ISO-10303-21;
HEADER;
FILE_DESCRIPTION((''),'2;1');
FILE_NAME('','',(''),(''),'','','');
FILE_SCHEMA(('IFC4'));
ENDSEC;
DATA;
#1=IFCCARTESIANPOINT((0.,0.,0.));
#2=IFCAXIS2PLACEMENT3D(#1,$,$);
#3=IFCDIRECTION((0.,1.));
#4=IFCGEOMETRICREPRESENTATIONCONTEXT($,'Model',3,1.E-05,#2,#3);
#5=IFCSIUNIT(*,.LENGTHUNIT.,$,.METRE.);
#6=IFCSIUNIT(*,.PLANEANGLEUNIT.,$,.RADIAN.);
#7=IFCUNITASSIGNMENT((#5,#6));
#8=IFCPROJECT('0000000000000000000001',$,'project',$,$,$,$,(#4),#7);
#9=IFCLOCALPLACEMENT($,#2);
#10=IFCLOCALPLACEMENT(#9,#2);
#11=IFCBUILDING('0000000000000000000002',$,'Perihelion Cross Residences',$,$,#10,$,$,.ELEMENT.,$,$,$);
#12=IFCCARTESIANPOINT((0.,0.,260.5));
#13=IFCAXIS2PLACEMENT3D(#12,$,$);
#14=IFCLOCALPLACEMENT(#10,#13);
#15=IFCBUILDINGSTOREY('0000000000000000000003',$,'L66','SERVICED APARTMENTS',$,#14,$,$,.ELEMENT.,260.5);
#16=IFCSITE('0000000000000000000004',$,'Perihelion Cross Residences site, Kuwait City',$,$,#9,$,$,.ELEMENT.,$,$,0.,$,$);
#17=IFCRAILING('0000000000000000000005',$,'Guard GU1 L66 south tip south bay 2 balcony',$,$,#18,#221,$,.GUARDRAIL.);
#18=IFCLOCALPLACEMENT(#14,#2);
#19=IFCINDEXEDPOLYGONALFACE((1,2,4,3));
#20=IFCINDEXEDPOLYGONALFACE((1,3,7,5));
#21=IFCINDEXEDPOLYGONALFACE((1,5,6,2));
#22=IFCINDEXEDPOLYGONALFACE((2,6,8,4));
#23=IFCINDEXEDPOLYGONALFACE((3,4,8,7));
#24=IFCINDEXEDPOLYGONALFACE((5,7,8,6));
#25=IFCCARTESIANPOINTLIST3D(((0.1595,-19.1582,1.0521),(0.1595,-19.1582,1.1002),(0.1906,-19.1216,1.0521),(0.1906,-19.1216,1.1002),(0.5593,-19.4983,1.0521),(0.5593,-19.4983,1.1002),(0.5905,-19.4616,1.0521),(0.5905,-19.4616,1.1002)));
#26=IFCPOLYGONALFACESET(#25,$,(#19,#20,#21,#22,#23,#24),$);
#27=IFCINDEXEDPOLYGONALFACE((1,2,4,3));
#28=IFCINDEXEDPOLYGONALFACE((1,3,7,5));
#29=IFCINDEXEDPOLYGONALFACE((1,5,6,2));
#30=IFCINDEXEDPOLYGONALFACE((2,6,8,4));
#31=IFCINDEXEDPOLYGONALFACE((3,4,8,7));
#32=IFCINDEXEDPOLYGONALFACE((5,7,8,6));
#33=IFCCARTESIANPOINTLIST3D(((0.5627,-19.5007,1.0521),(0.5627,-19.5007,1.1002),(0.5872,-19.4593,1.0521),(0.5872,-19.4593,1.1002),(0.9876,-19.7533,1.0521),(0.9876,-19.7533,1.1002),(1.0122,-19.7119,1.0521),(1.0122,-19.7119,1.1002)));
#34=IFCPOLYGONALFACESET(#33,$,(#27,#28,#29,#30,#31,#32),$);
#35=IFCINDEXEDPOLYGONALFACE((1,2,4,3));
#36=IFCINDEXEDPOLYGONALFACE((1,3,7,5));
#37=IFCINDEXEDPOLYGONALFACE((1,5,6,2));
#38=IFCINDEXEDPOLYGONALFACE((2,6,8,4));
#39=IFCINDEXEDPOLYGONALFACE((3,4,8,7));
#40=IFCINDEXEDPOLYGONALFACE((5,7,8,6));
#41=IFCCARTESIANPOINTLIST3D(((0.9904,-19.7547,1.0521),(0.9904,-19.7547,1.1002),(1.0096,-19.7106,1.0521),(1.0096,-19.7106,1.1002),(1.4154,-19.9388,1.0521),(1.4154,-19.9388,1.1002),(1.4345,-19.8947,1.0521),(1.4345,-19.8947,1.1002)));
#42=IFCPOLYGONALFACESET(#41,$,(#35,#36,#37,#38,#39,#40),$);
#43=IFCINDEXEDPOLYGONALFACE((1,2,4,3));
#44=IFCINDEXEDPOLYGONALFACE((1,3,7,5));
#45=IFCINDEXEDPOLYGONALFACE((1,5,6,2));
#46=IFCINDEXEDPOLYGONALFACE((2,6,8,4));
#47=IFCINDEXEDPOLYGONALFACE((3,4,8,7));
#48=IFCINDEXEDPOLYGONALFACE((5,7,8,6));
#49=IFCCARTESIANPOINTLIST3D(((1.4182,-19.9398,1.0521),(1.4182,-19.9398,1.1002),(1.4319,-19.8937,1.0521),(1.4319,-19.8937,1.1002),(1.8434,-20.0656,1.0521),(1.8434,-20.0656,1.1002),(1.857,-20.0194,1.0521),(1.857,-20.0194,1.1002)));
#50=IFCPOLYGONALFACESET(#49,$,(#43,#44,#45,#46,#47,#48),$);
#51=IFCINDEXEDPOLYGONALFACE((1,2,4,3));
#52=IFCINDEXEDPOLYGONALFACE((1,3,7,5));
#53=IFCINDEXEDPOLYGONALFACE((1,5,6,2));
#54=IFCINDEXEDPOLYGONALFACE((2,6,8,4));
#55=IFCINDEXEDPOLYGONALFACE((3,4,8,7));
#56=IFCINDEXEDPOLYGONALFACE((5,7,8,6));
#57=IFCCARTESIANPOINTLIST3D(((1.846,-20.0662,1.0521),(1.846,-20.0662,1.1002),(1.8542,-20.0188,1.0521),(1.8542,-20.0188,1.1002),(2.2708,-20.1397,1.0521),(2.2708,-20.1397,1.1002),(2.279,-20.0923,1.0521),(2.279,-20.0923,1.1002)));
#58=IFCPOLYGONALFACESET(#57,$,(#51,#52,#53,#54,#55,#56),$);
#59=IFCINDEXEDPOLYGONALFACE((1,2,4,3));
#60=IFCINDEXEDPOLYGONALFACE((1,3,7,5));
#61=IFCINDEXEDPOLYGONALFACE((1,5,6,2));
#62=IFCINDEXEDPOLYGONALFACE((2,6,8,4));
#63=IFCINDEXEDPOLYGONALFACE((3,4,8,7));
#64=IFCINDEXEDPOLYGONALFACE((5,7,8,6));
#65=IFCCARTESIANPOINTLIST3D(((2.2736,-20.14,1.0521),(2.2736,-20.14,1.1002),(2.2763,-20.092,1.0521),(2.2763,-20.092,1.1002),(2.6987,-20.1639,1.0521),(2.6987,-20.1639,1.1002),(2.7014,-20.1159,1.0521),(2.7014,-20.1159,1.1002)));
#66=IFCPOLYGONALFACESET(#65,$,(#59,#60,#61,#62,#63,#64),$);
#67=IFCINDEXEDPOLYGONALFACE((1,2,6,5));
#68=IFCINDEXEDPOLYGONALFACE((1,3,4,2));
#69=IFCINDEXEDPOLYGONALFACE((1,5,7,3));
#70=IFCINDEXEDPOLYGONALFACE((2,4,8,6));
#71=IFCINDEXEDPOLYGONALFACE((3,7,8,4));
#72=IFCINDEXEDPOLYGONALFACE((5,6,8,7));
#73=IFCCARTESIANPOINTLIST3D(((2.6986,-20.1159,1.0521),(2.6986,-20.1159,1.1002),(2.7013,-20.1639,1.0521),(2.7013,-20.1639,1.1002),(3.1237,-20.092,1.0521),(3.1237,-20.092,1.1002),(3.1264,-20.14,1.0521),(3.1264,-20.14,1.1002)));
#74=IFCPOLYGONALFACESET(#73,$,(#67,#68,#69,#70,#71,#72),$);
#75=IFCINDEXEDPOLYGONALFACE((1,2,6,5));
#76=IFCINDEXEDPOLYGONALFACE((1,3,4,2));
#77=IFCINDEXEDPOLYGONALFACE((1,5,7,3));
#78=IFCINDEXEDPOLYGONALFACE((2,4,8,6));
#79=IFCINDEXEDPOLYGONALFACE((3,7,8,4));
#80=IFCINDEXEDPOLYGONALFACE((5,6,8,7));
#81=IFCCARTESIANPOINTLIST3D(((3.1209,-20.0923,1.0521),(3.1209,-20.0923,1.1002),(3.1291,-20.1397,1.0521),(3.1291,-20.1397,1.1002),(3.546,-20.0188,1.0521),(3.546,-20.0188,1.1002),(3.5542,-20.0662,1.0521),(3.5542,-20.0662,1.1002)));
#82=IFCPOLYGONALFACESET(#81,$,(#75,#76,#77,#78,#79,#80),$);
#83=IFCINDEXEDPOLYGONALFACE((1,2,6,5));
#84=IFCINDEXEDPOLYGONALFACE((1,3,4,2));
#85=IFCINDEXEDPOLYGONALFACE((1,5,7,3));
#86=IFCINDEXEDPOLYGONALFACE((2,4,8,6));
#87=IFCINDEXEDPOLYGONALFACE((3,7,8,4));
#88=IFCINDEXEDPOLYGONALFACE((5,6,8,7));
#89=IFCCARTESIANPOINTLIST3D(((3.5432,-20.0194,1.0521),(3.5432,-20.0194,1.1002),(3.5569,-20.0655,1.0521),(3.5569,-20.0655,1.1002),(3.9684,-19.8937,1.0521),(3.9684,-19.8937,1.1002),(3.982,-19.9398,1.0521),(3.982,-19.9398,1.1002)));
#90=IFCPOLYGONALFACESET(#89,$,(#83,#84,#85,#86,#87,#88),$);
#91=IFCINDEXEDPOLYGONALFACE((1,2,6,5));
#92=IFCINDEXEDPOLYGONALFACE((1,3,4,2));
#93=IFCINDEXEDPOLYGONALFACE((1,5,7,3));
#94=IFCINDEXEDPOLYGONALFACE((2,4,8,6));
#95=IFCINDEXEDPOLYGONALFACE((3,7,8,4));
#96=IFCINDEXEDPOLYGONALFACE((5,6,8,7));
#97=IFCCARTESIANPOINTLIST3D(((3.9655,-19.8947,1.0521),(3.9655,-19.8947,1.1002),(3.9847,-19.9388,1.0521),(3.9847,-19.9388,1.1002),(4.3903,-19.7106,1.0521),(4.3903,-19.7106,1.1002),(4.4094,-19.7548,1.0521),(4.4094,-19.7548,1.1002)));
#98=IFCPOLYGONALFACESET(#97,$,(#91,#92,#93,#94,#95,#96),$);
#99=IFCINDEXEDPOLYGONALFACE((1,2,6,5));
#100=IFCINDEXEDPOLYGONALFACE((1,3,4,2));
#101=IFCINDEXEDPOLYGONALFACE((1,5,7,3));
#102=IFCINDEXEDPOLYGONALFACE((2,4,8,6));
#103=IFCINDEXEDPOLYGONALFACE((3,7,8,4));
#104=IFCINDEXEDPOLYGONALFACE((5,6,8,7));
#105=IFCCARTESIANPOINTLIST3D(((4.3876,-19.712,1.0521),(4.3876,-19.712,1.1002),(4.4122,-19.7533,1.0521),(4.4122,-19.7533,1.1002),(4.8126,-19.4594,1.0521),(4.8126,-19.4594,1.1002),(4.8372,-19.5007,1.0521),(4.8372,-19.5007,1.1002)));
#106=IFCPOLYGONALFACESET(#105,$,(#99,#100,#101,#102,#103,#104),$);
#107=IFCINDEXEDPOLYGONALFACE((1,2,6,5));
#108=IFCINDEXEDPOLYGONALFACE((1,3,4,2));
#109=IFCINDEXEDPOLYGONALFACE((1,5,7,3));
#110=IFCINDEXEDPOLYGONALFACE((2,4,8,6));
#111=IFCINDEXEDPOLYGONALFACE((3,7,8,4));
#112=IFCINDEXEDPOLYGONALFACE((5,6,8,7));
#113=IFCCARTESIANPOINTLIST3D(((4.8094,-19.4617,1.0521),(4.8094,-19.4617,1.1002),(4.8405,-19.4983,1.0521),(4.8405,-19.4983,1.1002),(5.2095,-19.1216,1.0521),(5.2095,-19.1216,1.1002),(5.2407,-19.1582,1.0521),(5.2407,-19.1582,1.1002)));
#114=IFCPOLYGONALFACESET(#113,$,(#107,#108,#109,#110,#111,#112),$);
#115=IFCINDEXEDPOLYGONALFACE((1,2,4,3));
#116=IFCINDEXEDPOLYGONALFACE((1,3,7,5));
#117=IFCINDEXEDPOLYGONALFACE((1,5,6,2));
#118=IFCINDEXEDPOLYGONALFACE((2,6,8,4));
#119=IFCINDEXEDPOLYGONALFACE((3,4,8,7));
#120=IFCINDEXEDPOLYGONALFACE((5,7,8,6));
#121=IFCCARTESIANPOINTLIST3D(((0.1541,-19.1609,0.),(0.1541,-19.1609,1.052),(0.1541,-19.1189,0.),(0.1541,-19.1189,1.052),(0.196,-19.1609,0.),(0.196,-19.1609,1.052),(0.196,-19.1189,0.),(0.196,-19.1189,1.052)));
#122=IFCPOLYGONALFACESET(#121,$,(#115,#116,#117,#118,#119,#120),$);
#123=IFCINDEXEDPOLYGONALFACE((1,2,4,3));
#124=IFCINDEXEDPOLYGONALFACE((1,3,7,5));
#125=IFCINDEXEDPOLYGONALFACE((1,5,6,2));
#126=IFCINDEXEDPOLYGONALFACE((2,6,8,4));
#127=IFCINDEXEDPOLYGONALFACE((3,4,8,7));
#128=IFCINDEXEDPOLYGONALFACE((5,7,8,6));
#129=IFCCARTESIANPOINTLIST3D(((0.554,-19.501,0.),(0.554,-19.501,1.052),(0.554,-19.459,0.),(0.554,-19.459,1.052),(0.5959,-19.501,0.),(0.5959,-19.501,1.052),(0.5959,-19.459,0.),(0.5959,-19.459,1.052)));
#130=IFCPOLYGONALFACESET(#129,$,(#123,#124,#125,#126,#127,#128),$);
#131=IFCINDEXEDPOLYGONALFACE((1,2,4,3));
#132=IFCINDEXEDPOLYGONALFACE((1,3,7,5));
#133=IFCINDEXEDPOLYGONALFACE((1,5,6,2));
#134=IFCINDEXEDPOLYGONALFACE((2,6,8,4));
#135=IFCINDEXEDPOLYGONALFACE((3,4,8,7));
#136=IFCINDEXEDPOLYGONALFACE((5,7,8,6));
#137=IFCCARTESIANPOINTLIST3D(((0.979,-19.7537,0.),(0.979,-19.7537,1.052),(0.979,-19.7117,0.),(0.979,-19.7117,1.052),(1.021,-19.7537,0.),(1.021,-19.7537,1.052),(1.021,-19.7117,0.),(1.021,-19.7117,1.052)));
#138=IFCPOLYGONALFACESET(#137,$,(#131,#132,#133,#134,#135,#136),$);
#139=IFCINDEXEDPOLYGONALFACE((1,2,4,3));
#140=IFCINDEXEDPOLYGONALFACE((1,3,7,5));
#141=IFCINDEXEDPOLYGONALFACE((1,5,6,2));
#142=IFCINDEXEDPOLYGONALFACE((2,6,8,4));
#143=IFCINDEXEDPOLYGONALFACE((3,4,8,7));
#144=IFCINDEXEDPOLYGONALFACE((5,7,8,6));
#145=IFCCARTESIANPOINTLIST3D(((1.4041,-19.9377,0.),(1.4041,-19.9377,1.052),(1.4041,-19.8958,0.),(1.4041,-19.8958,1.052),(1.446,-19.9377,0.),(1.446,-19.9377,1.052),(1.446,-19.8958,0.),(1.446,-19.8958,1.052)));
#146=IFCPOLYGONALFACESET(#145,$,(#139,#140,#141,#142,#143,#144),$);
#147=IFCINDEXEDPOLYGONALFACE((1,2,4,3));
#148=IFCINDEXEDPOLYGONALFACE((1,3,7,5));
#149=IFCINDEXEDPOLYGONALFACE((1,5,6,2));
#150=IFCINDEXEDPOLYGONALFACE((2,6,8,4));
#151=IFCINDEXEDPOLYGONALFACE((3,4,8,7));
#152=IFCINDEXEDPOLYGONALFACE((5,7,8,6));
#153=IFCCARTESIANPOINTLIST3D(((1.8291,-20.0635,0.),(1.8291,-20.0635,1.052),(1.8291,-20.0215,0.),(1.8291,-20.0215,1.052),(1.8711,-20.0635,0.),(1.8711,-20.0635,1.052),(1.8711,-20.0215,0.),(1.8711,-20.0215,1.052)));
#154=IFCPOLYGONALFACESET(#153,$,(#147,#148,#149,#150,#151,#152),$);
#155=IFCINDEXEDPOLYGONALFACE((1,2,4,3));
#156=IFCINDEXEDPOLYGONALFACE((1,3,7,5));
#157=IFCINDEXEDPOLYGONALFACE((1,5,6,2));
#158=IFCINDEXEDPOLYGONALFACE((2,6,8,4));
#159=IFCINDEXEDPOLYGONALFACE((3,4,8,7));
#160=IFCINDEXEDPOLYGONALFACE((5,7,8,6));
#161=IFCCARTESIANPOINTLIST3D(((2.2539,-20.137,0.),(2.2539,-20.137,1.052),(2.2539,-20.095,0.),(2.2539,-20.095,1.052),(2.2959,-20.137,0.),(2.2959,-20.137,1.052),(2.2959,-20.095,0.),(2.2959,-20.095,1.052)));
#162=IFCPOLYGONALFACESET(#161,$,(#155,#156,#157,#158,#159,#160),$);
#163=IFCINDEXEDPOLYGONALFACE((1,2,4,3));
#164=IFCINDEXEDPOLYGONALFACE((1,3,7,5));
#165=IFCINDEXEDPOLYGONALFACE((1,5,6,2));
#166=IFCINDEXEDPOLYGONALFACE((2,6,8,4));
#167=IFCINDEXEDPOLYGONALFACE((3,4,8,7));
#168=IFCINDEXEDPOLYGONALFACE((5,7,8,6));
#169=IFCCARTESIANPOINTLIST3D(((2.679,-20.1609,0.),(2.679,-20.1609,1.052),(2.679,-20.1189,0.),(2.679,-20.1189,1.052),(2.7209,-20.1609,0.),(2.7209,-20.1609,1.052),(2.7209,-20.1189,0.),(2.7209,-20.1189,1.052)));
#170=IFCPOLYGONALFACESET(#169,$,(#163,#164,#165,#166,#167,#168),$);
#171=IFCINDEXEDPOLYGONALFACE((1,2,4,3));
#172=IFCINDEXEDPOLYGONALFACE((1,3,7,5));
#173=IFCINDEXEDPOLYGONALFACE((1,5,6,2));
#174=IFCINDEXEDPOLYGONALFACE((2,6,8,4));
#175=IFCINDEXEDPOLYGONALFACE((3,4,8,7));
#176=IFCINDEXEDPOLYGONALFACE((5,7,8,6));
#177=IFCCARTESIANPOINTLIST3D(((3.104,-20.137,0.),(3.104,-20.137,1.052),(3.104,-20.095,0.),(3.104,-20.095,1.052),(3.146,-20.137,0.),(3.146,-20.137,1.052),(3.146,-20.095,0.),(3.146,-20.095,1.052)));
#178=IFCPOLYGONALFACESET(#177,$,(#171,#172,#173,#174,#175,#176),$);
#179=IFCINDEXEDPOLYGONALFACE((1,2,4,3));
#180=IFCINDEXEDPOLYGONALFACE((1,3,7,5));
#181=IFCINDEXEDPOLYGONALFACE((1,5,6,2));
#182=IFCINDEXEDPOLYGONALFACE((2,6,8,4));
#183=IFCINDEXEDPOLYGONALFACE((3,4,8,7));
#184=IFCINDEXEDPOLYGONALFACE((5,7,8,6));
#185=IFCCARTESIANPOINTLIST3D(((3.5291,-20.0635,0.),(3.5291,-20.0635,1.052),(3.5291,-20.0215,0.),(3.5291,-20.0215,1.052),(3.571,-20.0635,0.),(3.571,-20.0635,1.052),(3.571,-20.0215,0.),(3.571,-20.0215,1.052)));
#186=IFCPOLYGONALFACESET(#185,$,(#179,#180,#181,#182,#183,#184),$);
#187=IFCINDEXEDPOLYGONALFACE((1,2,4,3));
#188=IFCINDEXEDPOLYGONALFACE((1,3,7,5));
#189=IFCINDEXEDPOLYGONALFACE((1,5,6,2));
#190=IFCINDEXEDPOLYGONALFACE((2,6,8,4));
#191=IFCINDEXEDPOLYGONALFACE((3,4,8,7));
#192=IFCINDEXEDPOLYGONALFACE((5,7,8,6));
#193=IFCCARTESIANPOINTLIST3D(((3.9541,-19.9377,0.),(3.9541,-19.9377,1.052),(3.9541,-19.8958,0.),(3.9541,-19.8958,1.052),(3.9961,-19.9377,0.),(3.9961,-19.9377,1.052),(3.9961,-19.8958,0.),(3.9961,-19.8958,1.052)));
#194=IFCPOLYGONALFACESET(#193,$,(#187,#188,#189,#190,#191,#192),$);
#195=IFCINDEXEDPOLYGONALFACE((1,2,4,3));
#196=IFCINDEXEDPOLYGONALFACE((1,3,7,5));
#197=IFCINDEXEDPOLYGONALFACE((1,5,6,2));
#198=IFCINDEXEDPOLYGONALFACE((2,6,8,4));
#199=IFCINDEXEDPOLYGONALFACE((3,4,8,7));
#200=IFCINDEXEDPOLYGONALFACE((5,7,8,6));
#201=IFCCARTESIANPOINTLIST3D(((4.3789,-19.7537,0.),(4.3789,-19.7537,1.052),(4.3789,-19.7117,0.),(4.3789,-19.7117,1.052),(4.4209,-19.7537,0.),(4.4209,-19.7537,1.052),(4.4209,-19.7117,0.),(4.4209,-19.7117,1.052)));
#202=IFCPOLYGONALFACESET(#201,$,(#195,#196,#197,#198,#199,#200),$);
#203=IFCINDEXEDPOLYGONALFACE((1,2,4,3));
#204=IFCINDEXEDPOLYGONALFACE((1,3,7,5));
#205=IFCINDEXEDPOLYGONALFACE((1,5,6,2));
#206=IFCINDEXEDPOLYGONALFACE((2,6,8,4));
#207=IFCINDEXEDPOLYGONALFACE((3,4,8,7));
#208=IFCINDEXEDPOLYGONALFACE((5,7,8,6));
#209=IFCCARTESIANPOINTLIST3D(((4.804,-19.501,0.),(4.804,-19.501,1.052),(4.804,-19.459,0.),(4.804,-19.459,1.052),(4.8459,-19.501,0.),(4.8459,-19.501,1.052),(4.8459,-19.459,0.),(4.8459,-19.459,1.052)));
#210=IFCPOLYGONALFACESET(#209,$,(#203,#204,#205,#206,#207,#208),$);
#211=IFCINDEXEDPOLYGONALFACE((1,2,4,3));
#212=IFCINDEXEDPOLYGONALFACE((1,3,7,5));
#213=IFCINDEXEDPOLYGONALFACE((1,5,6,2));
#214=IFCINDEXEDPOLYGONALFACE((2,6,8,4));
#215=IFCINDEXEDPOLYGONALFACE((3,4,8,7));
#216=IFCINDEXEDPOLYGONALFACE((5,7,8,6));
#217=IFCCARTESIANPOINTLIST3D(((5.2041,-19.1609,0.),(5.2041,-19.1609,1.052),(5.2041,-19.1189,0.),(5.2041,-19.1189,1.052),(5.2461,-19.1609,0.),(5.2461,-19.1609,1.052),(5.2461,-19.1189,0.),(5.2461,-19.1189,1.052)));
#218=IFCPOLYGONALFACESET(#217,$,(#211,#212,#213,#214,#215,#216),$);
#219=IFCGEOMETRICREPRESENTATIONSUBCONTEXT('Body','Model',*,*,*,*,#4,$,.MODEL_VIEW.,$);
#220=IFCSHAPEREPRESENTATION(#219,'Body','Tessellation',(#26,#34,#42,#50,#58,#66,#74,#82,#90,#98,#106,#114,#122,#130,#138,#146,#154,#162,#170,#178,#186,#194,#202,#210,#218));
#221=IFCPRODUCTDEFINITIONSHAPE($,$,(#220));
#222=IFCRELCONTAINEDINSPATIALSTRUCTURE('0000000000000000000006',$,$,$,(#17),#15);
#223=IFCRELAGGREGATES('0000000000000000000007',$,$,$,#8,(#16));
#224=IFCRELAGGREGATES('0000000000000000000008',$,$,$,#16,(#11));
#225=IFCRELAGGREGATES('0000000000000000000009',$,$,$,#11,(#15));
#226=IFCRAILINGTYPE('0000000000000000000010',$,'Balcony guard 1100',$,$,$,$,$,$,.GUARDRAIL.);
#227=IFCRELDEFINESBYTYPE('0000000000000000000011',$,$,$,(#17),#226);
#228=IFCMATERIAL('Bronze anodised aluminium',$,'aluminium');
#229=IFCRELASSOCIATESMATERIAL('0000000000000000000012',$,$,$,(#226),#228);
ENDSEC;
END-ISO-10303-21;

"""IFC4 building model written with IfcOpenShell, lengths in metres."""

from ifc_helpers import new_model, si_unit, direction, frame, origin, origin_2d, place, context, subcontext, project, spatial, rectangle, extrude, material, type_object, element, save


model = new_model("IFC4")

# Units and contexts
model_context = context("Model", 3, precision=1e-05, world=origin(), true_north=direction((0.0, 1.0)))
body_context = subcontext(model_context, "Body", "Model", "MODEL_VIEW")
ifc_project = project(units=[si_unit("LENGTHUNIT", "METRE"), si_unit("PLANEANGLEUNIT", "RADIAN")], contexts=[model_context])

# Site, building, storey
site_placement = place(None, origin())
site = spatial("IfcSite", under=ifc_project, at=site_placement, Name="Perihelion Cross Residences site, Kuwait City", CompositionType="ELEMENT", RefElevation=0.0)
building_placement = place(site_placement, origin())
building = spatial("IfcBuilding", under=site, at=building_placement, Name="Perihelion Cross Residences", CompositionType="ELEMENT")
storey_placement = place(building_placement, frame((0.0, 0.0, 260.5)))
storey = spatial("IfcBuildingStorey", under=building, at=storey_placement, Name="L66", Description="SERVICED APARTMENTS", CompositionType="ELEMENT", Elevation=260.5)

# Railing
ifc_material_1 = material(Name="Bronze anodised aluminium", Category="aluminium")
railing_type = type_object("IfcRailingType", Name="Balcony guard 1100", PredefinedType="GUARDRAIL", material=ifc_material_1)
railing_placement = place(storey_placement, frame((0.175, -19.1399, 0.0)))
element("IfcRailing", 1, at=railing_placement, inside=storey, type_object=railing_type, Name="Guard GU1 L66 south tip south bay 2 balcony", PredefinedType="GUARDRAIL", context=body_context, shape_type="SweptSolid", body=[
    extrude(rectangle(XDim=0.0481, YDim=0.0481, at=origin_2d()), frame((0.0, 0.0, 1.0762), z_axis=(0.761779, -0.647837, 0.0), x_axis=(0.647837, 0.761779, 0.0)), (0.0, 0.0, 1.0), 0.5249),
    extrude(rectangle(XDim=0.0481, YDim=0.0481, at=origin_2d()), frame((0.3999, -0.3401, 1.0762), z_axis=(0.859577, -0.511006, 0.0), x_axis=(0.511006, 0.859577, 0.0)), (0.0, 0.0, 1.0), 0.4944),
    extrude(rectangle(XDim=0.0481, YDim=0.0481, at=origin_2d()), frame((0.825, -0.5928, 1.0762), z_axis=(0.917639, -0.397415, 0.0), x_axis=(0.397415, 0.917639, 0.0)), (0.0, 0.0, 1.0), 0.4631),
    extrude(rectangle(XDim=0.0481, YDim=0.0481, at=origin_2d()), frame((1.25, -0.7769, 1.0762), z_axis=(0.958926, -0.283657, 0.0), x_axis=(0.283657, 0.958926, 0.0)), (0.0, 0.0, 1.0), 0.4434),
    extrude(rectangle(XDim=0.0481, YDim=0.0481, at=origin_2d()), frame((1.675, -0.9026, 1.0762), z_axis=(0.985365, -0.170457, 0.0), x_axis=(0.170457, 0.985365, 0.0)), (0.0, 0.0, 1.0), 0.4312),
    extrude(rectangle(XDim=0.0481, YDim=0.0481, at=origin_2d()), frame((2.0999, -0.9761, 1.0762), z_axis=(0.99842, -0.056201, 0.0), x_axis=(0.056201, 0.99842, 0.0)), (0.0, 0.0, 1.0), 0.4258),
    extrude(rectangle(XDim=0.0481, YDim=0.0481, at=origin_2d()), frame((2.5249, -1.0, 1.0762), z_axis=(0.99842, 0.056201, 0.0), x_axis=(-0.056201, 0.99842, 0.0)), (0.0, 0.0, 1.0), 0.4258),
    extrude(rectangle(XDim=0.0481, YDim=0.0481, at=origin_2d()), frame((2.95, -0.9761, 1.0762), z_axis=(0.985382, 0.170362, 0.0), x_axis=(-0.170362, 0.985382, 0.0)), (0.0, 0.0, 1.0), 0.4314),
    extrude(rectangle(XDim=0.0481, YDim=0.0481, at=origin_2d()), frame((3.375, -0.9026, 1.0762), z_axis=(0.958926, 0.283657, 0.0), x_axis=(-0.283657, 0.958926, 0.0)), (0.0, 0.0, 1.0), 0.4434),
    extrude(rectangle(XDim=0.0481, YDim=0.0481, at=origin_2d()), frame((3.8, -0.7769, 1.0762), z_axis=(0.917556, 0.397607, 0.0), x_axis=(-0.397607, 0.917556, 0.0)), (0.0, 0.0, 1.0), 0.4629),
    extrude(rectangle(XDim=0.0481, YDim=0.0481, at=origin_2d()), frame((4.2249, -0.5928, 1.0762), z_axis=(0.859577, 0.511006, 0.0), x_axis=(-0.511006, 0.859577, 0.0)), (0.0, 0.0, 1.0), 0.4944),
    extrude(rectangle(XDim=0.0481, YDim=0.0481, at=origin_2d()), frame((4.6499, -0.3401, 1.0762), z_axis=(0.761974, 0.647608, 0.0), x_axis=(-0.647608, 0.761974, 0.0)), (0.0, 0.0, 1.0), 0.5251),
    extrude(rectangle(XDim=0.042, YDim=0.042, at=origin_2d()), origin(), (0.0, 0.0, 1.0), 1.052),
    extrude(rectangle(XDim=0.042, YDim=0.042, at=origin_2d()), frame((0.3999, -0.3401, 0.0)), (0.0, 0.0, 1.0), 1.052),
    extrude(rectangle(XDim=0.042, YDim=0.042, at=origin_2d()), frame((0.825, -0.5928, 0.0)), (0.0, 0.0, 1.0), 1.052),
    extrude(rectangle(XDim=0.042, YDim=0.042, at=origin_2d()), frame((1.25, -0.7769, 0.0)), (0.0, 0.0, 1.0), 1.052),
    extrude(rectangle(XDim=0.042, YDim=0.042, at=origin_2d()), frame((1.675, -0.9026, 0.0)), (0.0, 0.0, 1.0), 1.052),
    extrude(rectangle(XDim=0.042, YDim=0.042, at=origin_2d()), frame((2.0999, -0.9761, 0.0)), (0.0, 0.0, 1.0), 1.052),
    extrude(rectangle(XDim=0.042, YDim=0.042, at=origin_2d()), frame((2.5249, -1.0, 0.0)), (0.0, 0.0, 1.0), 1.052),
    extrude(rectangle(XDim=0.042, YDim=0.042, at=origin_2d()), frame((2.95, -0.9761, 0.0)), (0.0, 0.0, 1.0), 1.052),
    extrude(rectangle(XDim=0.042, YDim=0.042, at=origin_2d()), frame((3.375, -0.9026, 0.0)), (0.0, 0.0, 1.0), 1.052),
    extrude(rectangle(XDim=0.042, YDim=0.042, at=origin_2d()), frame((3.8, -0.7769, 0.0)), (0.0, 0.0, 1.0), 1.052),
    extrude(rectangle(XDim=0.042, YDim=0.042, at=origin_2d()), frame((4.2249, -0.5928, 0.0)), (0.0, 0.0, 1.0), 1.052),
    extrude(rectangle(XDim=0.042, YDim=0.042, at=origin_2d()), frame((4.6499, -0.3401, 0.0)), (0.0, 0.0, 1.0), 1.052),
    extrude(rectangle(XDim=0.042, YDim=0.042, at=origin_2d()), frame((5.05, 0.0, 0.0)), (0.0, 0.0, 1.0), 1.052),
])

save(model, "model.ifc")
